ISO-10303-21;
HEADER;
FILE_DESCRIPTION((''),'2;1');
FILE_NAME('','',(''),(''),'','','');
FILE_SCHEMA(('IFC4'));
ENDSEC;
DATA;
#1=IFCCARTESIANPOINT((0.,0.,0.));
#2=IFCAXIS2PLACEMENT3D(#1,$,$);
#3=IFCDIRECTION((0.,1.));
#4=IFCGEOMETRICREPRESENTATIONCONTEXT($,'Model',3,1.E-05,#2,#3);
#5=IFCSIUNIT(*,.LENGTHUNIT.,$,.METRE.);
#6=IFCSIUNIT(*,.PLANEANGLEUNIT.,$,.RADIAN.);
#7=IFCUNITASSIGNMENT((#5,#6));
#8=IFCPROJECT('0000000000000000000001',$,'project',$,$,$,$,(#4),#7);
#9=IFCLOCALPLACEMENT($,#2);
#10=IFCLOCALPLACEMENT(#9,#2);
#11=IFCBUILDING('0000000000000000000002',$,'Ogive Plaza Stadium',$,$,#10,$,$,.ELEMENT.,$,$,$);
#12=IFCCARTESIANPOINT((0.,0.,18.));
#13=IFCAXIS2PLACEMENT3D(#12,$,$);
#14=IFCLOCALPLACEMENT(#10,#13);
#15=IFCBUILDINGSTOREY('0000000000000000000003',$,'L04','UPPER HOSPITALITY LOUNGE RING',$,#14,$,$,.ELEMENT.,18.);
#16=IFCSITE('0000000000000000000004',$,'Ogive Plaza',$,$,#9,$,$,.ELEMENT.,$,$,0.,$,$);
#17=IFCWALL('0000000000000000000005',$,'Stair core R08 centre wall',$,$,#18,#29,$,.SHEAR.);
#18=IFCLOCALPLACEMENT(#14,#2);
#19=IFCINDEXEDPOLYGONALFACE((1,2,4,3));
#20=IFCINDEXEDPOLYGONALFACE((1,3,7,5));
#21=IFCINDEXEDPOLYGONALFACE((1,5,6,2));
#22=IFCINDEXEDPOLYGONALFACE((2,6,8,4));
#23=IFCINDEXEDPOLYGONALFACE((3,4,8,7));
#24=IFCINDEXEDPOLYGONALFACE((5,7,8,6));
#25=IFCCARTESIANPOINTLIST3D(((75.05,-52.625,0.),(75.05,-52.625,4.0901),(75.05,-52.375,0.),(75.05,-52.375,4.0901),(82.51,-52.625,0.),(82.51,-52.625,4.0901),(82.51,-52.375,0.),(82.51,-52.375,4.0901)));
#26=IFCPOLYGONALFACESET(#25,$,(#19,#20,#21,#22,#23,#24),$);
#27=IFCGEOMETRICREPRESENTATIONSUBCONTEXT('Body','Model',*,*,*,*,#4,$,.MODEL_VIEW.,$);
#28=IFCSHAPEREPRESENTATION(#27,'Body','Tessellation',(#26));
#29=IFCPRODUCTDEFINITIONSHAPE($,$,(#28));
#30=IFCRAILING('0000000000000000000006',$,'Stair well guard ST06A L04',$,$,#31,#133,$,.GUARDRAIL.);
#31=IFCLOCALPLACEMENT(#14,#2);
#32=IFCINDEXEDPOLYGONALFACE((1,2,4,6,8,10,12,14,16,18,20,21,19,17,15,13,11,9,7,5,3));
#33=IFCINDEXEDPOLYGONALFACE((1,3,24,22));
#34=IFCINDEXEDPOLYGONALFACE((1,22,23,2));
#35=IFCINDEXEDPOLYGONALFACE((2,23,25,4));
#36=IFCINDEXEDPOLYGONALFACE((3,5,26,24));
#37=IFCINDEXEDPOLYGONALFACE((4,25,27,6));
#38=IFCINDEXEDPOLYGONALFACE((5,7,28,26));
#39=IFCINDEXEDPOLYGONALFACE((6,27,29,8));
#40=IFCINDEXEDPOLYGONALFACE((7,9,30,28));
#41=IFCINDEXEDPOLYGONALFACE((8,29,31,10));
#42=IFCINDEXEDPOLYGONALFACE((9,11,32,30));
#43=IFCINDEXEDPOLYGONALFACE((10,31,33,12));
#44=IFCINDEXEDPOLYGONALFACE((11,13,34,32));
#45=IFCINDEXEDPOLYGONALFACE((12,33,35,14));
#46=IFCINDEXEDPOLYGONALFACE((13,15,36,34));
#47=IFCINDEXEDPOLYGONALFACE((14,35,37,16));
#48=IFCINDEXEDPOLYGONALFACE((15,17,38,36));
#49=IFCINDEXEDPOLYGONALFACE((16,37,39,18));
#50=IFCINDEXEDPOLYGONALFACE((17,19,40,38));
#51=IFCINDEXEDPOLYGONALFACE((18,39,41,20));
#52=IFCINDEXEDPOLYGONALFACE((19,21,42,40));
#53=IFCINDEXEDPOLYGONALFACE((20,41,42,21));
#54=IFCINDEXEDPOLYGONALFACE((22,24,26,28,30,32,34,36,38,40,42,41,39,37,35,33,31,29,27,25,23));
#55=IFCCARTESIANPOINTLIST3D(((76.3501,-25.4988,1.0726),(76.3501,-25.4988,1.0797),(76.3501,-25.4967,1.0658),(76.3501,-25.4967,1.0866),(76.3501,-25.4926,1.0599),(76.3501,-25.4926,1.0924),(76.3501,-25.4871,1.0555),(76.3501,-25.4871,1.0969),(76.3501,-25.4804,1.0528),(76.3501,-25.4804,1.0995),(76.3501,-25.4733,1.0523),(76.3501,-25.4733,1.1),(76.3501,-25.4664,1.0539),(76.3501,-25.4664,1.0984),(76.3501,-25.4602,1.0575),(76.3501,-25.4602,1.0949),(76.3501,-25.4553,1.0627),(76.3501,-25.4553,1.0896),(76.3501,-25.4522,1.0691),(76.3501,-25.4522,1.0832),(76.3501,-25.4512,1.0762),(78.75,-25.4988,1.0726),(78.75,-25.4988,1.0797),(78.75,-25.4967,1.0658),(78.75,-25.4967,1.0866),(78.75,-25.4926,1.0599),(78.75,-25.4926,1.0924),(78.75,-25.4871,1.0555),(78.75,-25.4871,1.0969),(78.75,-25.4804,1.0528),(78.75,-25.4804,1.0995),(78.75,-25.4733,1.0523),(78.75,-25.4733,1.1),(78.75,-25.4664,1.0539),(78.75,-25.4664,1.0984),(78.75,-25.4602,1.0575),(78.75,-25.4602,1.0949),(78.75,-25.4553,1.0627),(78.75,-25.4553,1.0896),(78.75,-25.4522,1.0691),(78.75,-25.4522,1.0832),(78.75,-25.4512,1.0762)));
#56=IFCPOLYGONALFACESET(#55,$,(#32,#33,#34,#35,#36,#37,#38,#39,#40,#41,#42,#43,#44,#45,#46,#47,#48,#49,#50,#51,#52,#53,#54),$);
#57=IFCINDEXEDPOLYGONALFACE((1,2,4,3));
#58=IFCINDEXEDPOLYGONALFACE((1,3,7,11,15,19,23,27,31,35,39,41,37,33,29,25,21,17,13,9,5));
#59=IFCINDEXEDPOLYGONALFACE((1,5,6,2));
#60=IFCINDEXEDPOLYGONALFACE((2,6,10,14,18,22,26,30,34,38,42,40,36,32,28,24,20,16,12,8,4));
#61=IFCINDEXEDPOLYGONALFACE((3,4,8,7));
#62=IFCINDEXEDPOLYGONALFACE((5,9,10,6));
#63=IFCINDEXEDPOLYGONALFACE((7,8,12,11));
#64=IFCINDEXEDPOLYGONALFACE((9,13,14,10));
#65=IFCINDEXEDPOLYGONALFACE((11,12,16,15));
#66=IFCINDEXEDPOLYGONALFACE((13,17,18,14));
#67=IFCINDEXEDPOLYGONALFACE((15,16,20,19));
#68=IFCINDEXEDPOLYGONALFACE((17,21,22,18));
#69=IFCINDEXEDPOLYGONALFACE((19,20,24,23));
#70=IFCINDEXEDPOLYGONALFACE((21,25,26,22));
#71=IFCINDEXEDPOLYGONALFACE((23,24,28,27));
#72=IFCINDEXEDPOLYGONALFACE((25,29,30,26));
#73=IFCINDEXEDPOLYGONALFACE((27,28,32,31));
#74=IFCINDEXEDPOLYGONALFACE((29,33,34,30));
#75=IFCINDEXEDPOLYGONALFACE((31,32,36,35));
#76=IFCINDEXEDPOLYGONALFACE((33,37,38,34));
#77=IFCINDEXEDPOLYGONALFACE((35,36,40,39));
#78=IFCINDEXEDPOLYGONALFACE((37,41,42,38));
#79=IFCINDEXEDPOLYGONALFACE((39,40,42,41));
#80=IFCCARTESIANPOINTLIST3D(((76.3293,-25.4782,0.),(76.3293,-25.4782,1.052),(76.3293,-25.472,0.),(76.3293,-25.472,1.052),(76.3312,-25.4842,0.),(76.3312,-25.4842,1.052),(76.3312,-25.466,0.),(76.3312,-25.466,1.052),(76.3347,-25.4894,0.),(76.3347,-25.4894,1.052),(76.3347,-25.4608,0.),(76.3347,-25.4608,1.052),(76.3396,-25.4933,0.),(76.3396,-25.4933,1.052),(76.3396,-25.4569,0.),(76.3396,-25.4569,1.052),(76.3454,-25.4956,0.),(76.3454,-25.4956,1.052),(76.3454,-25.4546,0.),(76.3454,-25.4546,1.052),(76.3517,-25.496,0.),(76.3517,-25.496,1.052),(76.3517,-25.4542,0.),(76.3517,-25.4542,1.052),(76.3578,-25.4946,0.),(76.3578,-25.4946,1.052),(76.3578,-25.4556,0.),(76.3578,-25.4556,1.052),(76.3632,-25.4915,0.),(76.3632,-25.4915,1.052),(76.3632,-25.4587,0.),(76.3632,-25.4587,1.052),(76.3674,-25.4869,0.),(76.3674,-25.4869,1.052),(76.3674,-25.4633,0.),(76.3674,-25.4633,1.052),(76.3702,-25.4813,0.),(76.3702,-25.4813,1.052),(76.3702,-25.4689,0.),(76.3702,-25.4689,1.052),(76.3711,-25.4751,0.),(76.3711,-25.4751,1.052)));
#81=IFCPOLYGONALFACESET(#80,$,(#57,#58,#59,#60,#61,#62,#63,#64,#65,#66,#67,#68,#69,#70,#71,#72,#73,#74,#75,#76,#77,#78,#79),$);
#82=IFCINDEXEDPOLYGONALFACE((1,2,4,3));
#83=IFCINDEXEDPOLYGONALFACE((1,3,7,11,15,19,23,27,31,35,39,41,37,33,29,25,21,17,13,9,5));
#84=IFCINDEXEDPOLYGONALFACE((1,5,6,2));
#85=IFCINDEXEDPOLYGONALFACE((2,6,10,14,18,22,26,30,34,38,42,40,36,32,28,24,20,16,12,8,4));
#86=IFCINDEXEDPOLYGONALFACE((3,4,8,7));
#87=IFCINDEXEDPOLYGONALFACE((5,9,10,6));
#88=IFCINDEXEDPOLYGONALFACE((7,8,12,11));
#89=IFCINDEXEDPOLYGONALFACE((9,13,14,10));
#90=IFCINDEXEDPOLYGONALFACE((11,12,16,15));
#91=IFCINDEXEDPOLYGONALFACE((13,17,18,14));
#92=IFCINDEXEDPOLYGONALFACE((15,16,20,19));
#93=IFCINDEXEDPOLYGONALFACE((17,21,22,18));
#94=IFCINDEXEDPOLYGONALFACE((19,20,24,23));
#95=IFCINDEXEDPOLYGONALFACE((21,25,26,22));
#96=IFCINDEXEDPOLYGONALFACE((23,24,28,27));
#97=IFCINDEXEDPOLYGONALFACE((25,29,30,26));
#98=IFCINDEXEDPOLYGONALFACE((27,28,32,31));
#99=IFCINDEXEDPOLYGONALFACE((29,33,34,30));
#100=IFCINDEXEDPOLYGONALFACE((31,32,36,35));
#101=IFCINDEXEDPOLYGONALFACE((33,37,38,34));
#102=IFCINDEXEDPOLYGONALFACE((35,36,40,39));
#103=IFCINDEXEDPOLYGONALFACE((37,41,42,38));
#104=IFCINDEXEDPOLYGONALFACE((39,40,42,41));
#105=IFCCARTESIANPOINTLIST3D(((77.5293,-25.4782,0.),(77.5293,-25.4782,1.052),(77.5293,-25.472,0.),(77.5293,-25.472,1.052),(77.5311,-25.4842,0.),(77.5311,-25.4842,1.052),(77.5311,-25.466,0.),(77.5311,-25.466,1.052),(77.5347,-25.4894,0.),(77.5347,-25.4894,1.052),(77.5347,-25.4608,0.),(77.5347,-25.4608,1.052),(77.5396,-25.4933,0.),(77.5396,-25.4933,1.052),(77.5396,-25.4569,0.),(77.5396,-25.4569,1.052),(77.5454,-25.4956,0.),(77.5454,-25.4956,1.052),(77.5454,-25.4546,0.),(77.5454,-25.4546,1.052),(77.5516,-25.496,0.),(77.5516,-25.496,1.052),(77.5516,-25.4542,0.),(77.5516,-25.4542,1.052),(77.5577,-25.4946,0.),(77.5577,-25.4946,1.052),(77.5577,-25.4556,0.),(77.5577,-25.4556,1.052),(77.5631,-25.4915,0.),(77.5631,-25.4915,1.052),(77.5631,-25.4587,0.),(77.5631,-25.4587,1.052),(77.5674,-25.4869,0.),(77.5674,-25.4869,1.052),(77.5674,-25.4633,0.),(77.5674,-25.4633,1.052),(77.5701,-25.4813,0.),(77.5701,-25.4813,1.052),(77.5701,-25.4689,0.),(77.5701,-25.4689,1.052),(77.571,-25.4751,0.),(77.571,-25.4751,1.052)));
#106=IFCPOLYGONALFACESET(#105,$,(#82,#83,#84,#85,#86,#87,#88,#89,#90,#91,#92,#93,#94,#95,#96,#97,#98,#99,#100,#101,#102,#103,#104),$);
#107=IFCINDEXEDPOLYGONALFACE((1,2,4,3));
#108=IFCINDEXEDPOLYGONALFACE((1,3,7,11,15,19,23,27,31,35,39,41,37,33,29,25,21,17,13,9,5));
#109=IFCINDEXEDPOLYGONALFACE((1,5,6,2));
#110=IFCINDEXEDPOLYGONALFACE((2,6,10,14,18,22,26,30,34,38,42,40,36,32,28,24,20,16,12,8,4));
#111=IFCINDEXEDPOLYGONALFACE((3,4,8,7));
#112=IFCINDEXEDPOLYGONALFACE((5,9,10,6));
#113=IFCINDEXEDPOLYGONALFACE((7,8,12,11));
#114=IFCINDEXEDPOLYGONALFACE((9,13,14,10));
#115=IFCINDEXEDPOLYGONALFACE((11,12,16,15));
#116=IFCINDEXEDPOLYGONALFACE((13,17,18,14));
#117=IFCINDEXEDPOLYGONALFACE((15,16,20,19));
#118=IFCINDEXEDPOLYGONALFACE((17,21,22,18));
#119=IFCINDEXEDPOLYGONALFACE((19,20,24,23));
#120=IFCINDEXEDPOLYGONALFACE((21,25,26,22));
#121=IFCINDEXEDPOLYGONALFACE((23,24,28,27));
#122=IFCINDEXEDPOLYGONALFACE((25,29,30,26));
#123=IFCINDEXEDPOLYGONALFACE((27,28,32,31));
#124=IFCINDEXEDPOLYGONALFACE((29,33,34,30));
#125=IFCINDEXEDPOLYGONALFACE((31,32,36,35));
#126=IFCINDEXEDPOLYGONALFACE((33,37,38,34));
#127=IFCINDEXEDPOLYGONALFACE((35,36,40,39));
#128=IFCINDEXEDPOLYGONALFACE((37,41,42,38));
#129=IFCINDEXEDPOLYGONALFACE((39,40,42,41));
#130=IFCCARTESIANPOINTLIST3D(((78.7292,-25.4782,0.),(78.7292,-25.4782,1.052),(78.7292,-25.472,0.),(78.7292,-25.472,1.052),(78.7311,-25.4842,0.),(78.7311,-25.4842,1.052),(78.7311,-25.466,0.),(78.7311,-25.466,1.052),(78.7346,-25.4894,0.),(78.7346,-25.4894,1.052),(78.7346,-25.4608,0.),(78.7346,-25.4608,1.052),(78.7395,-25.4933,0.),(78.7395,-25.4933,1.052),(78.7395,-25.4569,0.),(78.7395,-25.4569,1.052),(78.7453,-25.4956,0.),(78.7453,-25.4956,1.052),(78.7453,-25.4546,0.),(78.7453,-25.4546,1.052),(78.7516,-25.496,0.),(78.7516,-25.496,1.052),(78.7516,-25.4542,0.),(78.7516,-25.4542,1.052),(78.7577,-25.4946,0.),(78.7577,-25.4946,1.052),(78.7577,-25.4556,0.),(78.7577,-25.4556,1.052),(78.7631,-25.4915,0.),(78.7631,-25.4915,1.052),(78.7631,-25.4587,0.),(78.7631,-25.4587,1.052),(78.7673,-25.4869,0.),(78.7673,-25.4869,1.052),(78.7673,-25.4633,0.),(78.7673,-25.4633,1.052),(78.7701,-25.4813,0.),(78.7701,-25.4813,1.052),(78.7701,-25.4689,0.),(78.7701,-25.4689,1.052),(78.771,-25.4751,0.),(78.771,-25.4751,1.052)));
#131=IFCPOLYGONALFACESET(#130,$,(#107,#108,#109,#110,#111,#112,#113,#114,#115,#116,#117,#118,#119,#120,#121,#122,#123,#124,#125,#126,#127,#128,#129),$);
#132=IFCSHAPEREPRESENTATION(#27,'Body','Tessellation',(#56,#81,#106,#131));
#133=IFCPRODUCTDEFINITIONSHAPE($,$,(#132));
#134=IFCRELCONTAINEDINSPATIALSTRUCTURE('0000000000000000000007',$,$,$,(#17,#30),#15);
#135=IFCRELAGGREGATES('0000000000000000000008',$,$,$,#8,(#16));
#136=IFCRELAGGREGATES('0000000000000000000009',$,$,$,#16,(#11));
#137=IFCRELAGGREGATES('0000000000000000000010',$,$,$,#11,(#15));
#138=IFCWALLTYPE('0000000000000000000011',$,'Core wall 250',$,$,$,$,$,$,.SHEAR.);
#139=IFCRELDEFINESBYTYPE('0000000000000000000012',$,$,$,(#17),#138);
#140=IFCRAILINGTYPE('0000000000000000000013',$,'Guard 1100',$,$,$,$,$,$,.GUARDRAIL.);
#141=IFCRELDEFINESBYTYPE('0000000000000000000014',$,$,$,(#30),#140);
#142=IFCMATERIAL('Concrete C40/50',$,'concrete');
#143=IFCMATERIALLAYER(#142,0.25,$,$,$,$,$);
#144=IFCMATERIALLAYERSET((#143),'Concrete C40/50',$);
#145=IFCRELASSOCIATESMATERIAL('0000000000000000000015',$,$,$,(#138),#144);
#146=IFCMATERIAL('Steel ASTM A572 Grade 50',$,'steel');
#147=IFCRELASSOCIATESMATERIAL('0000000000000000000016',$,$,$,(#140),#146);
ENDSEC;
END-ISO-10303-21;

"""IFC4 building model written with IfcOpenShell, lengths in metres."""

from ifc_helpers import new_model, si_unit, direction, frame, frame_2d, origin, origin_2d, place, context, subcontext, project, spatial, rectangle, circle, extrude, material, layer, layer_set, type_object, element, save


model = new_model("IFC4")

# Units and contexts
model_context = context("Model", 3, precision=1e-05, world=origin(), true_north=direction((0.0, 1.0)))
body_context = subcontext(model_context, "Body", "Model", "MODEL_VIEW")
ifc_project = project(units=[si_unit("LENGTHUNIT", "METRE"), si_unit("PLANEANGLEUNIT", "RADIAN")], contexts=[model_context])

# Site, building, storey
site_placement = place(None, origin())
site = spatial("IfcSite", under=ifc_project, at=site_placement, Name="Ogive Plaza", CompositionType="ELEMENT", RefElevation=0.0)
building_placement = place(site_placement, origin())
building = spatial("IfcBuilding", under=site, at=building_placement, Name="Ogive Plaza Stadium", CompositionType="ELEMENT")
storey_placement = place(building_placement, frame((0.0, 0.0, 18.0)))
storey = spatial("IfcBuildingStorey", under=building, at=storey_placement, Name="L04", Description="UPPER HOSPITALITY LOUNGE RING", CompositionType="ELEMENT", Elevation=18.0)

# Shared definitions
ifc_material_1 = material(Name="Concrete C40/50", Category="concrete")
ifc_layer = layer(ifc_material_1, 0.25)
ifc_layer_set = layer_set([ifc_layer], Name="Concrete C40/50")
wall_type = type_object("IfcWallType", Name="Core wall 250", PredefinedType="SHEAR", material=ifc_layer_set)

# Wall
for number, where, z_axis, x_axis, name in (
    (1, (75.05, -52.5, 0.0), (0.0, 0.0, 1.0), (1.0, 0.0, 0.0), "Stair core R08 centre wall"),
):
    element("IfcWall", number, at=place(storey_placement, frame(where, z_axis=z_axis, x_axis=x_axis)), inside=storey, type_object=wall_type, Name=name, PredefinedType="SHEAR", context=body_context, shape_type="SweptSolid", body=[
        extrude(rectangle(XDim=7.46, YDim=0.25, at=frame_2d((3.73, 0.0))), origin(), (0.0, 0.0, 1.0), 4.0901),
    ])

# Railing
ifc_material_2 = material(Name="Steel ASTM A572 Grade 50", Category="steel")
railing_type_1 = type_object("IfcRailingType", Name="Guard 1100", PredefinedType="GUARDRAIL", material=ifc_material_2)
for number, where, name in (
    (2, (76.3501, -25.4751, 0.0), "Stair well guard ST06A L04"),
):
    element("IfcRailing", number, at=place(storey_placement, frame(where)), inside=storey, type_object=railing_type_1, Name=name, PredefinedType="GUARDRAIL", context=body_context, shape_type="SweptSolid", body=[
        extrude(circle(Radius=0.0239, at=origin_2d()), frame((0.0, 0.0, 1.0762), z_axis=(1.0, 0.0, 0.0), x_axis=(0.0, 1.0, 0.0)), (0.0, 0.0, 1.0), 2.3999),
        extrude(circle(Radius=0.021, at=origin_2d()), origin(), (0.0, 0.0, 1.0), 1.052),
        extrude(circle(Radius=0.021, at=origin_2d()), frame((1.2, 0.0, 0.0)), (0.0, 0.0, 1.0), 1.052),
        extrude(circle(Radius=0.021, at=origin_2d()), frame((2.3999, 0.0, 0.0)), (0.0, 0.0, 1.0), 1.052),
    ])

save(model, "model.ifc")
